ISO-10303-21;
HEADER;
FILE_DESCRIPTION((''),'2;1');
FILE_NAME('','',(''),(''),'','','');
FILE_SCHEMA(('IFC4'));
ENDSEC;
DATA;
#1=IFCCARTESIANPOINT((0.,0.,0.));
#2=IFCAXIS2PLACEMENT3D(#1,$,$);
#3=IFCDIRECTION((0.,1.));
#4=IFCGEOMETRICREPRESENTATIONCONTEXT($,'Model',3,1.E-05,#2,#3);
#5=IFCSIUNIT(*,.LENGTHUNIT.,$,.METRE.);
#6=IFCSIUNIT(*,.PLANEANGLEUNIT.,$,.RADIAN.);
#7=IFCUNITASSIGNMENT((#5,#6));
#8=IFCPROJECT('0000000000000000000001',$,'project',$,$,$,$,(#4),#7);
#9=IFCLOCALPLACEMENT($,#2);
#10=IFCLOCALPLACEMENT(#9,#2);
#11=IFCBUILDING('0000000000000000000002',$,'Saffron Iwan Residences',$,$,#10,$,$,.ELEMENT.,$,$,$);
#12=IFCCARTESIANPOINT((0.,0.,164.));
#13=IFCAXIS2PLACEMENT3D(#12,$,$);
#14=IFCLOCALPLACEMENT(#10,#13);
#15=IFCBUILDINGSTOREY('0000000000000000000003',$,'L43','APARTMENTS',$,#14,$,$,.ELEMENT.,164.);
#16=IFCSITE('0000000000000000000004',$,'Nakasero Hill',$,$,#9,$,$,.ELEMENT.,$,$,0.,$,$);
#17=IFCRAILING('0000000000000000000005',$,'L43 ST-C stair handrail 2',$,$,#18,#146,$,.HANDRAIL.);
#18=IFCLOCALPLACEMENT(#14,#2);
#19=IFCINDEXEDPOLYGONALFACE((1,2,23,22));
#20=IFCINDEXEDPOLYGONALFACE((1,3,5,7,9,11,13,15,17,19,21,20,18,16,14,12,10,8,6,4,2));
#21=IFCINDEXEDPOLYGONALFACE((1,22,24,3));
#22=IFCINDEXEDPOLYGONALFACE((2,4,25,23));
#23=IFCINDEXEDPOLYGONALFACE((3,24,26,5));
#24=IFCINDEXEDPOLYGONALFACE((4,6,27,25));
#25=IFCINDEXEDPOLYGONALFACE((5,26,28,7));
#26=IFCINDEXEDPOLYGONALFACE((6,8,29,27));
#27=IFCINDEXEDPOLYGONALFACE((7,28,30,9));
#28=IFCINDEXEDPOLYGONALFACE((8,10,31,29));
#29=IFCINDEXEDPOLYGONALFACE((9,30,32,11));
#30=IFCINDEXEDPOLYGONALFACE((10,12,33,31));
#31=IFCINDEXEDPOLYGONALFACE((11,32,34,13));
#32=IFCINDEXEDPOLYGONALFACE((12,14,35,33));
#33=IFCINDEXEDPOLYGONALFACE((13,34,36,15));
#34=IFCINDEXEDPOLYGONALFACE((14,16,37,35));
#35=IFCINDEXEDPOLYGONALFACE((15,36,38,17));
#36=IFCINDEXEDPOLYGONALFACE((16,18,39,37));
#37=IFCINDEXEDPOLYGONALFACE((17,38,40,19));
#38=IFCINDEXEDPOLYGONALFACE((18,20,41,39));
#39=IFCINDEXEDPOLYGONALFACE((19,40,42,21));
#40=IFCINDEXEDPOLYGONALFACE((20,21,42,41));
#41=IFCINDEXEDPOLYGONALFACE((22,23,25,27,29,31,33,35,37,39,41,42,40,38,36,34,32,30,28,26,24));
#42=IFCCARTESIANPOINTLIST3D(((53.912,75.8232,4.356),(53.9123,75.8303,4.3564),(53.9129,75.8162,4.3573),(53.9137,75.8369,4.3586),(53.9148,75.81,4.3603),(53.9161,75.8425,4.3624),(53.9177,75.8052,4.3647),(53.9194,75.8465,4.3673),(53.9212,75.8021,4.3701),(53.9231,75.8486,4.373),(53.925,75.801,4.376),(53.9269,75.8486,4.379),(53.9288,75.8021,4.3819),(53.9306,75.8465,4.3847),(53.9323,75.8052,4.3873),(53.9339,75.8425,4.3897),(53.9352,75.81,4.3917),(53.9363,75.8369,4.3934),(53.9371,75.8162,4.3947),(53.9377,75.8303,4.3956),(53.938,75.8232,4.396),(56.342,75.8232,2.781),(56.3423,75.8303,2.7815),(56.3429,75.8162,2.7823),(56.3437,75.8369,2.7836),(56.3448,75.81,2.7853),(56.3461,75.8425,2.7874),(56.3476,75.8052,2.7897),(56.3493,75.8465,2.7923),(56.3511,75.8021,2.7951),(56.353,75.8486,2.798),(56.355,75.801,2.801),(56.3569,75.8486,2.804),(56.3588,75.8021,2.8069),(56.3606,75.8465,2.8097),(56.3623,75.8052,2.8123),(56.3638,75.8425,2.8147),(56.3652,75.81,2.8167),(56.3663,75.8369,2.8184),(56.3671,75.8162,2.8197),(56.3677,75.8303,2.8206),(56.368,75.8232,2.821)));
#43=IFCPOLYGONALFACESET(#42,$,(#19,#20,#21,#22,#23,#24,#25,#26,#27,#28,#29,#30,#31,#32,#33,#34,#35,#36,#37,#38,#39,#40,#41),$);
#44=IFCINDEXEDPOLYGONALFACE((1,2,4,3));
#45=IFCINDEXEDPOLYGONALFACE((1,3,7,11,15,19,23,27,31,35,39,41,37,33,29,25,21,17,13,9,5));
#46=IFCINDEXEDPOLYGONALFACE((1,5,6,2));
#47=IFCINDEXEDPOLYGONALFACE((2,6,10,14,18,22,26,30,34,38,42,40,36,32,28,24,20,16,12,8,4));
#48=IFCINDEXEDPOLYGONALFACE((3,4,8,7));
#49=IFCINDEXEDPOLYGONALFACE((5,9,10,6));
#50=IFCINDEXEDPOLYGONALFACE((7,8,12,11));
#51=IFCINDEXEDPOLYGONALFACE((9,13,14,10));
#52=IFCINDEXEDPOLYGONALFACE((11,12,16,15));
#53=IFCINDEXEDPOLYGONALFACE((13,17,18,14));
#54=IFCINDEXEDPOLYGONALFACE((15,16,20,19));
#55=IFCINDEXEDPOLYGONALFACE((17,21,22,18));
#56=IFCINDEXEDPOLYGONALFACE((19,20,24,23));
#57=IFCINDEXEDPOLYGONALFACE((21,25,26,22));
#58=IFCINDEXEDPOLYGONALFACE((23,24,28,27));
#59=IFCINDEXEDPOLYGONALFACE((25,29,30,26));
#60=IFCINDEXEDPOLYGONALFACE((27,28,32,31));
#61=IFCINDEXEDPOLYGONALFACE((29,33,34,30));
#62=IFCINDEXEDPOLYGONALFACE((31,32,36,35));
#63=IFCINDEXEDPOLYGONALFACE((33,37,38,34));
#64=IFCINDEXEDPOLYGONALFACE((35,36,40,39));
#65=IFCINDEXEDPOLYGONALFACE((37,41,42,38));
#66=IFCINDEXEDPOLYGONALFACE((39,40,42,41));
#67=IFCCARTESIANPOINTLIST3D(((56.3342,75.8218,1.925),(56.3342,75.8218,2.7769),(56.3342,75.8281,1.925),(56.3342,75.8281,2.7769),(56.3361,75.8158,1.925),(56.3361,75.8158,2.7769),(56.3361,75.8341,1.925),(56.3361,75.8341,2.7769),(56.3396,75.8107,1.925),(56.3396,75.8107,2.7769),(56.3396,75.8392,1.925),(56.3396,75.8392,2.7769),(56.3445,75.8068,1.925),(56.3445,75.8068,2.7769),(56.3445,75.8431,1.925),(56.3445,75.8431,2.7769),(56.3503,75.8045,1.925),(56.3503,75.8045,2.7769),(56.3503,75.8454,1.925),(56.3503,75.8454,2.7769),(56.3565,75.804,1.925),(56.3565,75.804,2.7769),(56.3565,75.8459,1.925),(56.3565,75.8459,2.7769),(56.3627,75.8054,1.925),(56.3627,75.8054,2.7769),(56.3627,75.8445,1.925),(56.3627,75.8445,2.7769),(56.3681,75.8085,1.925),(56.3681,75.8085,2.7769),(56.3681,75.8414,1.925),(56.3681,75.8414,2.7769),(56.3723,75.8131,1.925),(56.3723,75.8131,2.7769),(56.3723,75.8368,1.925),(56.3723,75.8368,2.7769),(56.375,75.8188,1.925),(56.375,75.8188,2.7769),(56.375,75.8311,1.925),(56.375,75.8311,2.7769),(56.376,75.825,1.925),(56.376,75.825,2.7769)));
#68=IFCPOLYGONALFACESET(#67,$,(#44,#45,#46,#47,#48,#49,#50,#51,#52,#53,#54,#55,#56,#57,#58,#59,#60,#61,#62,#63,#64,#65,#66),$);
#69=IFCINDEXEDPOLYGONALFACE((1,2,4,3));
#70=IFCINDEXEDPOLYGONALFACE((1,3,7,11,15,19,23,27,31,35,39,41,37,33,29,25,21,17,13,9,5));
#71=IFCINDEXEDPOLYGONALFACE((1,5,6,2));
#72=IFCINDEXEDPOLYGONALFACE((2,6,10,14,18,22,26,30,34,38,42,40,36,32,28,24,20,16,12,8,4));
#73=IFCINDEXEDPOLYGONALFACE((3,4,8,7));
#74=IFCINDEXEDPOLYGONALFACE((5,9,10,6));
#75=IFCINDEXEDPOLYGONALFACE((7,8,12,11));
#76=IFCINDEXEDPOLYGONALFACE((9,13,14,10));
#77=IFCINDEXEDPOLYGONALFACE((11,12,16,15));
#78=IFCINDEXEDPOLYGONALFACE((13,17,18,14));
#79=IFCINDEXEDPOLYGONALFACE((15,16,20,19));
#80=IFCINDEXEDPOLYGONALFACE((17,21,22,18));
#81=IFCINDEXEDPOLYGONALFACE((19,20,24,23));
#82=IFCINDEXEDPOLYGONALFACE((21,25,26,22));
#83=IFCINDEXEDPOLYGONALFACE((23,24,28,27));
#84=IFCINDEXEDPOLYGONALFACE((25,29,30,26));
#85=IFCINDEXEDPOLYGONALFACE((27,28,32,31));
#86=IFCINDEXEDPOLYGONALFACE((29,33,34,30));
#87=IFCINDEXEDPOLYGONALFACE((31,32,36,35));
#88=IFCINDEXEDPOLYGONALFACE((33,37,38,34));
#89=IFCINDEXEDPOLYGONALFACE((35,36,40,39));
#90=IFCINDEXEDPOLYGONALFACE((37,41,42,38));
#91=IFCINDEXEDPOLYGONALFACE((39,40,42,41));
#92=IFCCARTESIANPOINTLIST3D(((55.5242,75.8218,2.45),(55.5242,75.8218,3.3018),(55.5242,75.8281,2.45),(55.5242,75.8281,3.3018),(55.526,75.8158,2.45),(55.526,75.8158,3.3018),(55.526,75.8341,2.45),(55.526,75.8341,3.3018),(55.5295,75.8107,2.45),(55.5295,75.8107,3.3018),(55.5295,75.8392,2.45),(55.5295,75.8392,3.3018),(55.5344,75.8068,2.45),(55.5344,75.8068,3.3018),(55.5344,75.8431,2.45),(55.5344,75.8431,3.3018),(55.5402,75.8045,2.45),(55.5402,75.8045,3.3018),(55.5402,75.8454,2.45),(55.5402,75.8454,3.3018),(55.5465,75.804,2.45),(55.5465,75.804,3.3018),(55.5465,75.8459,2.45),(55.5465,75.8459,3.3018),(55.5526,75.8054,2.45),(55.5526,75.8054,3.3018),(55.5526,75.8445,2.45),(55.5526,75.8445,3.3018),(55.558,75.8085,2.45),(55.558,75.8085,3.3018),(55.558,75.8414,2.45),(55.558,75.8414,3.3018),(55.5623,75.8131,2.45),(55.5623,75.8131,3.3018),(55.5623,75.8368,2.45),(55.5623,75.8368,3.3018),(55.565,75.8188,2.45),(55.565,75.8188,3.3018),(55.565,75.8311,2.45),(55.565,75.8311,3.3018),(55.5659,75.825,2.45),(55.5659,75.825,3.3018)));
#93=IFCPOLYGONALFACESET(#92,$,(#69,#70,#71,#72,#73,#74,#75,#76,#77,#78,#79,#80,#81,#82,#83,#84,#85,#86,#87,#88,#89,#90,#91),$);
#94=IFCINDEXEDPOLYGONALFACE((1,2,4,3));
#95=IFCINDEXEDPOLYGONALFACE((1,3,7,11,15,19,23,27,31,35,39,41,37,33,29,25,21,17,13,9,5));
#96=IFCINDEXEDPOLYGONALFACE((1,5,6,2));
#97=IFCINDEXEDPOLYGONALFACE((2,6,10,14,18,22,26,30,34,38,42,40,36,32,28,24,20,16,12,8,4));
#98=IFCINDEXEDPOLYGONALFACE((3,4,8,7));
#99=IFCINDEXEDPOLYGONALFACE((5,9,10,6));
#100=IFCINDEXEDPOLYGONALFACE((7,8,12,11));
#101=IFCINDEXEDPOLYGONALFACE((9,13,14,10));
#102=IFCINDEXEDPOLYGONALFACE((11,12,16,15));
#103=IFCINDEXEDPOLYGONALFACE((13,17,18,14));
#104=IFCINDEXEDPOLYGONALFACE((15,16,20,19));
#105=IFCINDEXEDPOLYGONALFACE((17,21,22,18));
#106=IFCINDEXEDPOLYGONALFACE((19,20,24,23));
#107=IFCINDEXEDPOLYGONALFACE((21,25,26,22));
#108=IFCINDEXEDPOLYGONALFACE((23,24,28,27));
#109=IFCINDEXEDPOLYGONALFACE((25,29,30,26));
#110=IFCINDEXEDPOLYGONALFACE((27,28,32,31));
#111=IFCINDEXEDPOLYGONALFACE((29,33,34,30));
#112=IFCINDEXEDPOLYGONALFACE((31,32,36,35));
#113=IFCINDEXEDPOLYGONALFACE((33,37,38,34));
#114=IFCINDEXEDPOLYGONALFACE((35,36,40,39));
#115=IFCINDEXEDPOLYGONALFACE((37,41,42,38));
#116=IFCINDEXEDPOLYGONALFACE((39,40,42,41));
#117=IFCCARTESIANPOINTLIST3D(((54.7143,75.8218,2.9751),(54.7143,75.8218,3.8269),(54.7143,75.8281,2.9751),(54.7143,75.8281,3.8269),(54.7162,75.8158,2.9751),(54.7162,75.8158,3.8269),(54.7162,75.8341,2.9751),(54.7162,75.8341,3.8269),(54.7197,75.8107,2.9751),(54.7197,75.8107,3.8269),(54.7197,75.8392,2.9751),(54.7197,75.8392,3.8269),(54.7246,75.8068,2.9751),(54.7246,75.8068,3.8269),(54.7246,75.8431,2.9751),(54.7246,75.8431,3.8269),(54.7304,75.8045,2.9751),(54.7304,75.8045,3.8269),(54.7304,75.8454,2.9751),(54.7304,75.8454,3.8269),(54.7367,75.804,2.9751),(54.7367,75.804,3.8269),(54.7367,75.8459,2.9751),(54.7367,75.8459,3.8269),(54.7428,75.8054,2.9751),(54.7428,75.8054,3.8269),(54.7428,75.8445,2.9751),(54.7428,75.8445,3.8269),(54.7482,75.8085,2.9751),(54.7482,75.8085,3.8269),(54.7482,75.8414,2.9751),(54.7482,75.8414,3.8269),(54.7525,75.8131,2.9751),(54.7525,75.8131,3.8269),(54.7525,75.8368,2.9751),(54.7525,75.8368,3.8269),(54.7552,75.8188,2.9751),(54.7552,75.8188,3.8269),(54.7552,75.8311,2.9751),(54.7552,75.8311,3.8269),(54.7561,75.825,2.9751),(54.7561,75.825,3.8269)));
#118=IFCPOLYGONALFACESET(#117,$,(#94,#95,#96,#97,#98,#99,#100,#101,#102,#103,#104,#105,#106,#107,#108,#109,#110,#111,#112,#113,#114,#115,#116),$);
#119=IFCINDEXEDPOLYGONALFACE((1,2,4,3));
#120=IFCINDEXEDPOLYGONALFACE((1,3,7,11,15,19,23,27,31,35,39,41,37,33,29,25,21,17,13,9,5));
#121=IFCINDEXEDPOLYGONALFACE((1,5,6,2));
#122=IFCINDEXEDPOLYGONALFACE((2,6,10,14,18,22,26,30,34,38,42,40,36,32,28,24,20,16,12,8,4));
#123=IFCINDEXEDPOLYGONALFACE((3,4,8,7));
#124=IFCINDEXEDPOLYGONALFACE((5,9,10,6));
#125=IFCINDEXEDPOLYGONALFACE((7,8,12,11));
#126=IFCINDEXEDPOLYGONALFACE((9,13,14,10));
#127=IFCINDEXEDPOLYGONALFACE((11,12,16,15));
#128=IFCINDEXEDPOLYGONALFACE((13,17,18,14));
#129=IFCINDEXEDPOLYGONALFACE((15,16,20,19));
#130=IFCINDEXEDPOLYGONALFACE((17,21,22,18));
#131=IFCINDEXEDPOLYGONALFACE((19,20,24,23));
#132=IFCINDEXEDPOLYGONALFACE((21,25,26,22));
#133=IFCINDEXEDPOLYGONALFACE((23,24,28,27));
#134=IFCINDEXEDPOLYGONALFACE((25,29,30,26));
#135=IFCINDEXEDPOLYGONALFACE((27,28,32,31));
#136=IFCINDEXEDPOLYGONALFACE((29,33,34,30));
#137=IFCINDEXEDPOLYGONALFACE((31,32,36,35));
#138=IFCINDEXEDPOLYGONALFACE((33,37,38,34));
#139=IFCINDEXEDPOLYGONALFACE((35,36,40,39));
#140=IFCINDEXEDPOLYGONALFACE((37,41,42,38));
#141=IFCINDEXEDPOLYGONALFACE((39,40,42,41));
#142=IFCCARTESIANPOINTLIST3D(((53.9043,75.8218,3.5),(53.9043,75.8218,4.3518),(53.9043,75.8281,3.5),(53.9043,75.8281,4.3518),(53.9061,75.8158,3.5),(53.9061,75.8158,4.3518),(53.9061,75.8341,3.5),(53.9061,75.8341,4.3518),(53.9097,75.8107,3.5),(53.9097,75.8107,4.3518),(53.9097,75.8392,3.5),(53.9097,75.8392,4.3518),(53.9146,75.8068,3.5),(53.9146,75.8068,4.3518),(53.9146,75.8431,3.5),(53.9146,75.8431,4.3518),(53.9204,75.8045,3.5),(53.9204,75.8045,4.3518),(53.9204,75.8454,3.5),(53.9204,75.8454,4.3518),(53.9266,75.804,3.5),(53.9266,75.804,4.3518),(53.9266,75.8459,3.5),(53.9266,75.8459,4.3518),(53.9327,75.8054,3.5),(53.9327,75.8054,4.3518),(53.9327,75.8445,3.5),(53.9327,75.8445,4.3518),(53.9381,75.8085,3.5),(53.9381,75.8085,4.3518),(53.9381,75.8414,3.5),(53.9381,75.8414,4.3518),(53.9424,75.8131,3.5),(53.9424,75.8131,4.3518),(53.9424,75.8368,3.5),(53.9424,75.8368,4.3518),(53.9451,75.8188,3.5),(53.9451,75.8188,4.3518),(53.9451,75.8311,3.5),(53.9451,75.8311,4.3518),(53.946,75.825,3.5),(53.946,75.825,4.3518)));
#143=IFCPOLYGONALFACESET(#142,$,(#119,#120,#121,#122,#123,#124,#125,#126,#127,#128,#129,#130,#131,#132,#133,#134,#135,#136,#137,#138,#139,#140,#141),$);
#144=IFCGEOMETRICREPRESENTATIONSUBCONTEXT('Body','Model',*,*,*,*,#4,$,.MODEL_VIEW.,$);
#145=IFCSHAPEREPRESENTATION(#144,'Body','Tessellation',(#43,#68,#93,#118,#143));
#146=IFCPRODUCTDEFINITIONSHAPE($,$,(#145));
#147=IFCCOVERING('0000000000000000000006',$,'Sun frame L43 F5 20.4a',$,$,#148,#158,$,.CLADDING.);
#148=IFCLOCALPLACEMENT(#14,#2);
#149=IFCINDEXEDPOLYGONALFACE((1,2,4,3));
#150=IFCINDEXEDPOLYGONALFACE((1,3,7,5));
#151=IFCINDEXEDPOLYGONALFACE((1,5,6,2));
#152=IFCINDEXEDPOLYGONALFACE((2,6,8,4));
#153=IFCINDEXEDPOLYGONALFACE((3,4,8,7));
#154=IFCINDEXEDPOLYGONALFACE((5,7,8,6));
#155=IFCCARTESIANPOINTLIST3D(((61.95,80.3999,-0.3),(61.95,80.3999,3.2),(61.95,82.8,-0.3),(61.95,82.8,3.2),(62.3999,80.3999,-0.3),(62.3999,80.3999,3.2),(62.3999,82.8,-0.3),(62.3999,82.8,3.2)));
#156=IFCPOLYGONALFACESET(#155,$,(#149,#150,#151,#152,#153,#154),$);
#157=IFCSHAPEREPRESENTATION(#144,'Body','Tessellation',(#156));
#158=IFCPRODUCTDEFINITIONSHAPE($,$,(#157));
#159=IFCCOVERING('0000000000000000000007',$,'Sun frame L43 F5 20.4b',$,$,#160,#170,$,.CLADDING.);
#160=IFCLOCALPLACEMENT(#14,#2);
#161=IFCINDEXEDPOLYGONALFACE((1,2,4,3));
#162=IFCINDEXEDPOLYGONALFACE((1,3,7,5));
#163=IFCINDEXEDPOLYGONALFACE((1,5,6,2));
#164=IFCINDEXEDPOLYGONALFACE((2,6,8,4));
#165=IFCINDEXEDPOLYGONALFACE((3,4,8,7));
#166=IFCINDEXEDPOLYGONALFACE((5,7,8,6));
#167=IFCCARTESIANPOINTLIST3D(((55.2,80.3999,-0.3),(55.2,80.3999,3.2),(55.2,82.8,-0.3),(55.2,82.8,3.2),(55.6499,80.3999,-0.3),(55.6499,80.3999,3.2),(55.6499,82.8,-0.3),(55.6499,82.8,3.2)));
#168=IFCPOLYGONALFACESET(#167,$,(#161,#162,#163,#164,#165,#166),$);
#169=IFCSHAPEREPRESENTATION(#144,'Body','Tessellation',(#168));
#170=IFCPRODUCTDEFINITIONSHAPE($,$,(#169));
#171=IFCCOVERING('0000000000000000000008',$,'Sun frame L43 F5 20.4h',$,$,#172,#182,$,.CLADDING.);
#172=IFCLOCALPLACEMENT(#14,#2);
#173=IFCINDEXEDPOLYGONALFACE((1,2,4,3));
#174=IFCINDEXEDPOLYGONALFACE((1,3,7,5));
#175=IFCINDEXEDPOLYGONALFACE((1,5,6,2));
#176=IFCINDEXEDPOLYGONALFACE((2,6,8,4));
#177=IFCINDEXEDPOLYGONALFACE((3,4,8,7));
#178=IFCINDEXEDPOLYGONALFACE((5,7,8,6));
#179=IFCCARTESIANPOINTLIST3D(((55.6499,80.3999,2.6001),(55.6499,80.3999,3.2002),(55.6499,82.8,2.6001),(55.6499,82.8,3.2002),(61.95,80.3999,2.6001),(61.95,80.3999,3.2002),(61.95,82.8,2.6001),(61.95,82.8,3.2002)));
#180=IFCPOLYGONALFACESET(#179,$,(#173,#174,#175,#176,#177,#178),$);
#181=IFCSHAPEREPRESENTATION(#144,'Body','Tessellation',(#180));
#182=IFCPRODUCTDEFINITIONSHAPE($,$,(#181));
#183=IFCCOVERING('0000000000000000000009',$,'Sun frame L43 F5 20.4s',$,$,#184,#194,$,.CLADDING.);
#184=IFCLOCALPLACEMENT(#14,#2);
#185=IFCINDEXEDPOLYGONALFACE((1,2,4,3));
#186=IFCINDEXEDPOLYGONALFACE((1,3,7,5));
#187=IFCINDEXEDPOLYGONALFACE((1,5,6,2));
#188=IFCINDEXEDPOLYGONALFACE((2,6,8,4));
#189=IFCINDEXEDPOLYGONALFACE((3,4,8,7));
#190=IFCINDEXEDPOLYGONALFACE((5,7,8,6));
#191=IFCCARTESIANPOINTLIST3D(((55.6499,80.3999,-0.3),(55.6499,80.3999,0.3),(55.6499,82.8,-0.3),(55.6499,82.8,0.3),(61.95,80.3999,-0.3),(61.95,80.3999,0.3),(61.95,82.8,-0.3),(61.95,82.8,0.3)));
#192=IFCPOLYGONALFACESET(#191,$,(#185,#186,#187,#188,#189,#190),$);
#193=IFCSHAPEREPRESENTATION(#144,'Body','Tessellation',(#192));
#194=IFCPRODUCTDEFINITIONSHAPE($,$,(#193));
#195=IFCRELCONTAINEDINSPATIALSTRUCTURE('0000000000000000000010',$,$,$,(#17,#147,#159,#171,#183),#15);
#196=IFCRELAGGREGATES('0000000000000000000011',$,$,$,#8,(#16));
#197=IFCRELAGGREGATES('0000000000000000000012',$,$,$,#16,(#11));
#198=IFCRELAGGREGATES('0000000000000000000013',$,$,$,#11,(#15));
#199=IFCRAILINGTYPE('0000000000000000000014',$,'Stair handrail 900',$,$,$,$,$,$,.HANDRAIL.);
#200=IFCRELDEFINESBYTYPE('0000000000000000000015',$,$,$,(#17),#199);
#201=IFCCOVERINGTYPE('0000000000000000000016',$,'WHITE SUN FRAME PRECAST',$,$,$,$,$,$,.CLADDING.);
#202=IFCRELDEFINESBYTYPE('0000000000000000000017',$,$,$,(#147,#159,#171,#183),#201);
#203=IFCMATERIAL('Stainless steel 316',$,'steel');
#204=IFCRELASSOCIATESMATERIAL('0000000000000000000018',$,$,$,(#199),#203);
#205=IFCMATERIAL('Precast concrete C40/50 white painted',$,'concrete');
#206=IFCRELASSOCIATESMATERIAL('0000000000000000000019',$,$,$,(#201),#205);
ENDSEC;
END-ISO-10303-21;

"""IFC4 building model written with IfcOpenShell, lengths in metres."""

from ifc_helpers import new_model, si_unit, direction, frame, origin, origin_2d, place, context, subcontext, project, spatial, polyline, circle, outline, extrude, material, type_object, element, save


model = new_model("IFC4")

# Units and contexts
model_context = context("Model", 3, precision=1e-05, world=origin(), true_north=direction((0.0, 1.0)))
body_context = subcontext(model_context, "Body", "Model", "MODEL_VIEW")
ifc_project = project(units=[si_unit("LENGTHUNIT", "METRE"), si_unit("PLANEANGLEUNIT", "RADIAN")], contexts=[model_context])

# Site, building, storey
site_placement = place(None, origin())
site = spatial("IfcSite", under=ifc_project, at=site_placement, Name="Nakasero Hill", CompositionType="ELEMENT", RefElevation=0.0)
building_placement = place(site_placement, origin())
building = spatial("IfcBuilding", under=site, at=building_placement, Name="Saffron Iwan Residences", CompositionType="ELEMENT")
storey_placement = place(building_placement, frame((0.0, 0.0, 164.0)))
storey = spatial("IfcBuildingStorey", under=building, at=storey_placement, Name="L43", Description="APARTMENTS", CompositionType="ELEMENT", Elevation=164.0)

# Railing
ifc_material_1 = material(Name="Stainless steel 316", Category="steel")
railing_type = type_object("IfcRailingType", Name="Stair handrail 900", PredefinedType="HANDRAIL", material=ifc_material_1)
railing_placement = place(storey_placement, frame((56.355, 75.825, 1.925)))
element("IfcRailing", 1, at=railing_placement, inside=storey, type_object=railing_type, Name="L43 ST-C stair handrail 2", PredefinedType="HANDRAIL", context=body_context, shape_type="SweptSolid", body=[
    extrude(circle(Radius=0.0239, at=origin_2d()), frame((0.0, 0.0, 0.876), z_axis=(-0.839154, 0.0, 0.543894), x_axis=(0.0, -1.0, 0.0)), (0.0, 0.0, 1.0), 2.8958),
    extrude(circle(Radius=0.021, at=origin_2d()), origin(), (0.0, 0.0, 1.0), 0.8518),
    extrude(circle(Radius=0.021, at=origin_2d()), frame((-0.8101, 0.0, 0.5249)), (0.0, 0.0, 1.0), 0.8518),
    extrude(circle(Radius=0.021, at=origin_2d()), frame((-1.6199, 0.0, 1.05)), (0.0, 0.0, 1.0), 0.8518),
    extrude(circle(Radius=0.021, at=origin_2d()), frame((-2.4299, 0.0, 1.575)), (0.0, 0.0, 1.0), 0.8518),
])

# Coverings
ifc_material_2 = material(Name="Precast concrete C40/50 white painted", Category="concrete")
covering_type = type_object("IfcCoveringType", Name="WHITE SUN FRAME PRECAST", PredefinedType="CLADDING", material=ifc_material_2)
for number, where, z_axis, x_axis, name in (
    (2, (62.3999, 80.3999, -0.3), (0.0, 1.0, 0.0), (-1.0, 0.0, 0.0), "Sun frame L43 F5 20.4a"),
    (3, (55.6499, 80.3999, -0.3), (0.0, 1.0, 0.0), (-1.0, 0.0, 0.0), "Sun frame L43 F5 20.4b"),
):
    element("IfcCovering", number, at=place(storey_placement, frame(where, z_axis=z_axis, x_axis=x_axis)), inside=storey, type_object=covering_type, Name=name, PredefinedType="CLADDING", context=body_context, shape_type="SweptSolid", body=[
        extrude(outline(polyline([(0.0, 0.0), (0.45, 0.0), (0.45, 3.5), (0.0, 3.5), (0.0, 0.0)])), origin(), (0.0, 0.0, 1.0), 2.4001),
    ])
for number, where, z_axis, x_axis, name in (
    (4, (61.95, 80.3999, 2.6001), (0.0, 1.0, 0.0), (-1.0, 0.0, 0.0), "Sun frame L43 F5 20.4h"),
    (5, (61.95, 80.3999, -0.3), (0.0, 1.0, 0.0), (-1.0, 0.0, 0.0), "Sun frame L43 F5 20.4s"),
):
    element("IfcCovering", number, at=place(storey_placement, frame(where, z_axis=z_axis, x_axis=x_axis)), inside=storey, type_object=covering_type, Name=name, PredefinedType="CLADDING", context=body_context, shape_type="SweptSolid", body=[
        extrude(outline(polyline([(0.0, 0.0), (6.3, 0.0), (6.3, 0.6001), (0.0, 0.6001), (0.0, 0.0)])), origin(), (0.0, 0.0, 1.0), 2.4001),
    ])

save(model, "model.ifc")
